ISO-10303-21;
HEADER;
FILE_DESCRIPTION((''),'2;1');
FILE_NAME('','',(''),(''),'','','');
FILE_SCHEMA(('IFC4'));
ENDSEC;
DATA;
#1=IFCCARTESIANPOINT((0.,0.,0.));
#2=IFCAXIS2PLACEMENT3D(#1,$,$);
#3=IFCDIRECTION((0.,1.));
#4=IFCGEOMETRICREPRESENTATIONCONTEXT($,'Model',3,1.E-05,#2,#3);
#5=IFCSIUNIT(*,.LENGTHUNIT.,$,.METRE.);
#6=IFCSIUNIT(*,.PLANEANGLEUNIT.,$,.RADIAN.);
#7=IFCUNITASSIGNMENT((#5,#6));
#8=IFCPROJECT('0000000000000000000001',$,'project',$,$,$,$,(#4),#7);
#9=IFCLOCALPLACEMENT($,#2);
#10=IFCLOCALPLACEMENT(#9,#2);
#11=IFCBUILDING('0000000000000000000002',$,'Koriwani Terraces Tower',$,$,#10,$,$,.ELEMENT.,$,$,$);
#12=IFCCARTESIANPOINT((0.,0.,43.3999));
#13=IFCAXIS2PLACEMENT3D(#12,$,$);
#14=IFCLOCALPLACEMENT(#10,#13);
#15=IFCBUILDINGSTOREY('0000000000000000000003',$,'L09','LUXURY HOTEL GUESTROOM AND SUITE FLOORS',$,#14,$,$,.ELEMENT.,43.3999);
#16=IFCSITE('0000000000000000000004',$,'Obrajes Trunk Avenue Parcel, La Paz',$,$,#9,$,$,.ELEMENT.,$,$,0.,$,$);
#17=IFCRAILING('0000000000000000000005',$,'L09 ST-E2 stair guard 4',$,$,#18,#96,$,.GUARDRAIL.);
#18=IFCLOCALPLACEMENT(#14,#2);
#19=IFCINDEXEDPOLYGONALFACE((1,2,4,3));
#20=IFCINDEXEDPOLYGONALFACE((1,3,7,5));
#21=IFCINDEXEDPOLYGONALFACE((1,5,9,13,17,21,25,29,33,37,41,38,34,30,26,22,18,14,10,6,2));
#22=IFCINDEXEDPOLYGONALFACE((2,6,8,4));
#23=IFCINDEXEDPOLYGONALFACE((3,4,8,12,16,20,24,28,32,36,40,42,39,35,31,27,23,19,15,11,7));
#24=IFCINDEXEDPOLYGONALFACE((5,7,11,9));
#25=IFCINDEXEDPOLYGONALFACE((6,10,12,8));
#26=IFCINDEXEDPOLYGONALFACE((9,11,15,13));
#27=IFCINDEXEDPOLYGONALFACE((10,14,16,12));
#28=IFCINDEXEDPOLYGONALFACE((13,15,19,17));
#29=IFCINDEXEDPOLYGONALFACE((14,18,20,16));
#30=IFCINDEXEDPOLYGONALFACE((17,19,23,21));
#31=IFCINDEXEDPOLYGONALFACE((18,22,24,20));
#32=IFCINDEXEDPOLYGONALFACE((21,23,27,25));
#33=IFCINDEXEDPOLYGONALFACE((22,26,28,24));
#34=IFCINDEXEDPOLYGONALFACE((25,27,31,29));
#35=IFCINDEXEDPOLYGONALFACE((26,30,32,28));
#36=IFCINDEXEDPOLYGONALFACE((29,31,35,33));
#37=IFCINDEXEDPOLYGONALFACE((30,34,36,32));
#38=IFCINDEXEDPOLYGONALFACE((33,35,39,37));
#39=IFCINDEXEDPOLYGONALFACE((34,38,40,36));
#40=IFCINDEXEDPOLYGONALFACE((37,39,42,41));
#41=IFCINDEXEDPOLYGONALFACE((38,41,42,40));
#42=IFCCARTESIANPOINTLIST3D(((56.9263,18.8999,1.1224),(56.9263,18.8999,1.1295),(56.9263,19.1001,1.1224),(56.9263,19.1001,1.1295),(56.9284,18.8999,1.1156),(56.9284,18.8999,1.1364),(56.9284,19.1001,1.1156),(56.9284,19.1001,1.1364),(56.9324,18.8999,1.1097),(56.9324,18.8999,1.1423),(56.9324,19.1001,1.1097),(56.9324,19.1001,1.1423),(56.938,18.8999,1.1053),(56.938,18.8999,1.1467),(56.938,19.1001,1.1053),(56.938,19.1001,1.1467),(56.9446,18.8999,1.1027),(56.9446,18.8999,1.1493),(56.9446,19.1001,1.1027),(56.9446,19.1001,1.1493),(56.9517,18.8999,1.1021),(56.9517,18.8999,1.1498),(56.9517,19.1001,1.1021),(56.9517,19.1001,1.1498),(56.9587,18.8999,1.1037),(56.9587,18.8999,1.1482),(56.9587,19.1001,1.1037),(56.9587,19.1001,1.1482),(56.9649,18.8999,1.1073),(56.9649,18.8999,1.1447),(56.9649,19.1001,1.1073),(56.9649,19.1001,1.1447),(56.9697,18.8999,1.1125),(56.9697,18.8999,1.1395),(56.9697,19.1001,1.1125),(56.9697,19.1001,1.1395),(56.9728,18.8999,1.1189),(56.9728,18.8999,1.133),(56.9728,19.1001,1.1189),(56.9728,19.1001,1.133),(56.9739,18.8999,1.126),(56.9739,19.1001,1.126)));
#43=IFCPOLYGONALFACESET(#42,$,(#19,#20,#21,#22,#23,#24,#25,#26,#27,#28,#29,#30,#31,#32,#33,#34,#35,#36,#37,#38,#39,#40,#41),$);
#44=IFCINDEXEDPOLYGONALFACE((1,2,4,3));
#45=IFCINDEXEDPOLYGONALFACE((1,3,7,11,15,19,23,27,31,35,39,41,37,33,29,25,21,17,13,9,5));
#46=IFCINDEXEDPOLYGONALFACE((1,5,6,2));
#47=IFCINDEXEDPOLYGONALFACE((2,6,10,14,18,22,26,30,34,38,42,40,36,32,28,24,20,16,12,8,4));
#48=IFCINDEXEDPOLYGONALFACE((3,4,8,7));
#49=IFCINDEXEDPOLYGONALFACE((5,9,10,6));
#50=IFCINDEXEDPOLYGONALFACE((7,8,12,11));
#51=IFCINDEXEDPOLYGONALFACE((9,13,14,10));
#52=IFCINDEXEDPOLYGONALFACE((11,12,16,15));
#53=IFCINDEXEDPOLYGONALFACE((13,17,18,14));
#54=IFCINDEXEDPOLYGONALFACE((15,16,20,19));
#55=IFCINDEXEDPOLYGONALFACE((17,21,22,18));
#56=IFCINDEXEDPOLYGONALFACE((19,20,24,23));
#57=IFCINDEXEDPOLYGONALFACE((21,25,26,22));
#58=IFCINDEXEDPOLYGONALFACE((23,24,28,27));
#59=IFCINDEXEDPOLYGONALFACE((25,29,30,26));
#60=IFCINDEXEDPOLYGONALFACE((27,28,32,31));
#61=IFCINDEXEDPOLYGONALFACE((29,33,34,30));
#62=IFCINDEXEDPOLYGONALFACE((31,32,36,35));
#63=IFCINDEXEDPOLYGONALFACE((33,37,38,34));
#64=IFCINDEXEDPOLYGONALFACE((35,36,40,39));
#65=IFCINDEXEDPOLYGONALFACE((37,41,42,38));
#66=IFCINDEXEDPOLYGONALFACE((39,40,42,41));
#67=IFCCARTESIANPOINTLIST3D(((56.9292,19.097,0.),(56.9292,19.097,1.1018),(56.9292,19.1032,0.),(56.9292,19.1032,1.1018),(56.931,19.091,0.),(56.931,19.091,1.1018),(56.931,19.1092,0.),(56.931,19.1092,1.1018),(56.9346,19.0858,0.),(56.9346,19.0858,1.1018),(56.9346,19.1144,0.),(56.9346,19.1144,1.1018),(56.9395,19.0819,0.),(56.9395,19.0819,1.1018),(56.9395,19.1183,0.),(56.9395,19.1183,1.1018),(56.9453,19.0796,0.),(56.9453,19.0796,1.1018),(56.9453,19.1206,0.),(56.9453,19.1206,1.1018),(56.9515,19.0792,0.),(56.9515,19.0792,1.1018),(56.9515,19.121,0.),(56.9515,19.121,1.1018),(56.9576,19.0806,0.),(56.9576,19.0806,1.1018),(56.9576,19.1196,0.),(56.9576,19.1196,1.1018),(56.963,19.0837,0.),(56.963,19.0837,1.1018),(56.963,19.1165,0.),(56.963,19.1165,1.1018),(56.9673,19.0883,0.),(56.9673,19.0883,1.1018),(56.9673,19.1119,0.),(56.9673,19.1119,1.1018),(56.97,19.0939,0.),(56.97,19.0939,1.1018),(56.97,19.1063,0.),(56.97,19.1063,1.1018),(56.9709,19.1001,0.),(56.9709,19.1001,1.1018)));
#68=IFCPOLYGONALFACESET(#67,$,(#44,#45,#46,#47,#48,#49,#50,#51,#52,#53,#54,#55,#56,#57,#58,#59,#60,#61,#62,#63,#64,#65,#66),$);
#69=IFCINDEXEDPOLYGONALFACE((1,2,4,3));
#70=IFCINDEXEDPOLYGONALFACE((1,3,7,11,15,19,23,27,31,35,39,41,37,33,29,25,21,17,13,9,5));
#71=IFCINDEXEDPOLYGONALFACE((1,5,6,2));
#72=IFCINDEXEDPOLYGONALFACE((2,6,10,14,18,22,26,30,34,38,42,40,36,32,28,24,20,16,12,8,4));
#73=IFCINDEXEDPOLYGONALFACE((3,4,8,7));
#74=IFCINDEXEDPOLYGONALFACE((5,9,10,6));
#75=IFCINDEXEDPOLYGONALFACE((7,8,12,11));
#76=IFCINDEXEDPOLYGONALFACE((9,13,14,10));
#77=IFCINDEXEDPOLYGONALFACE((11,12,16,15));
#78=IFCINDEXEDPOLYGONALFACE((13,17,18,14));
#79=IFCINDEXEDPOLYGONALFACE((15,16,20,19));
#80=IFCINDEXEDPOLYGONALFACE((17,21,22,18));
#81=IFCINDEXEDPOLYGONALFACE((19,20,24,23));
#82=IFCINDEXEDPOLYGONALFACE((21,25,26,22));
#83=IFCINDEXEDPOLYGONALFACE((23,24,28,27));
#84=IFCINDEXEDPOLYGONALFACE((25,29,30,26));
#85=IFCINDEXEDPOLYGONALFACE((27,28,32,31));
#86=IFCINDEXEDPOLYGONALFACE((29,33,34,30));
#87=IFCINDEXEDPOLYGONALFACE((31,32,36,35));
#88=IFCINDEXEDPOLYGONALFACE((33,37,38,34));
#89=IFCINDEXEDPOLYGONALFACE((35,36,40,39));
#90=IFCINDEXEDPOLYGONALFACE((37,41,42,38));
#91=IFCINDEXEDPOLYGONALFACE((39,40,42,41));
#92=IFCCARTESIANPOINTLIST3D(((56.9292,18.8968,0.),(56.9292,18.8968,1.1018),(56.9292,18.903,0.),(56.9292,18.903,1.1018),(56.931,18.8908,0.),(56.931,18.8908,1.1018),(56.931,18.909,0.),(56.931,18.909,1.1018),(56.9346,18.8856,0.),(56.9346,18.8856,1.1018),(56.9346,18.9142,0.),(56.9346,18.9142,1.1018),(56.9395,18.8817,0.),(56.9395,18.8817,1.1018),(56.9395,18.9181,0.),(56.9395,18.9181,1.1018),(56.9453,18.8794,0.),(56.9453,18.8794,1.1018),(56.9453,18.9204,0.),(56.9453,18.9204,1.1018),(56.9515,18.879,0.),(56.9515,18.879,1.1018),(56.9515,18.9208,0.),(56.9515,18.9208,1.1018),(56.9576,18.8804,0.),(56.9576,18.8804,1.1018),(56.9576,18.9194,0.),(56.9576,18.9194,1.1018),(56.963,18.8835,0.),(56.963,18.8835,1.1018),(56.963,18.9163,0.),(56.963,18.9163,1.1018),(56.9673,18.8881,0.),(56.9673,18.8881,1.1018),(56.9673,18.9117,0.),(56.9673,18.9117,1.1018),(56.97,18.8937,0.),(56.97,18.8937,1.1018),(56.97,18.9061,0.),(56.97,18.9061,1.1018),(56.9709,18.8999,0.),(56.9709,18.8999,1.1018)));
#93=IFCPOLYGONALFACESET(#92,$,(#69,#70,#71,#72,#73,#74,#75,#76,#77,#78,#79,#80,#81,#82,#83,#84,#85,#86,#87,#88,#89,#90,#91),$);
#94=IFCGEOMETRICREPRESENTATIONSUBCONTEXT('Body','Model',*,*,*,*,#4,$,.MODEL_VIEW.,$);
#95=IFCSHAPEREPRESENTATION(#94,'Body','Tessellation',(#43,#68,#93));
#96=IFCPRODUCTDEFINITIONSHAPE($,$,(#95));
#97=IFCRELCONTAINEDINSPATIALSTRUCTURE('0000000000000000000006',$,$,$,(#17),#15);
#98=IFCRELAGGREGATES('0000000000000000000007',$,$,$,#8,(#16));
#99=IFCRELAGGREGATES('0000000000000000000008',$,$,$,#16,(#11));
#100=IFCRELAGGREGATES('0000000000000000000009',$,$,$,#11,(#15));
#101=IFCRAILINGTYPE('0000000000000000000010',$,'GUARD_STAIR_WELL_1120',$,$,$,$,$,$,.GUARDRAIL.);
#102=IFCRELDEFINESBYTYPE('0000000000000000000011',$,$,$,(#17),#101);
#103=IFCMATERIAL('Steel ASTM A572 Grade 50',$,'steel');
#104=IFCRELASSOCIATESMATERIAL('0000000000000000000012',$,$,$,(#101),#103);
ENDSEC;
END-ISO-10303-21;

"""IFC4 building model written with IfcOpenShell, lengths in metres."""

from ifc_helpers import new_model, si_unit, direction, frame, origin, origin_2d, place, context, subcontext, project, spatial, circle, extrude, material, type_object, element, save


model = new_model("IFC4")

# Units and contexts
model_context = context("Model", 3, precision=1e-05, world=origin(), true_north=direction((0.0, 1.0)))
body_context = subcontext(model_context, "Body", "Model", "MODEL_VIEW")
ifc_project = project(units=[si_unit("LENGTHUNIT", "METRE"), si_unit("PLANEANGLEUNIT", "RADIAN")], contexts=[model_context])

# Site, building, storey
site_placement = place(None, origin())
site = spatial("IfcSite", under=ifc_project, at=site_placement, Name="Obrajes Trunk Avenue Parcel, La Paz", CompositionType="ELEMENT", RefElevation=0.0)
building_placement = place(site_placement, origin())
building = spatial("IfcBuilding", under=site, at=building_placement, Name="Koriwani Terraces Tower", CompositionType="ELEMENT")
storey_placement = place(building_placement, frame((0.0, 0.0, 43.3999)))
storey = spatial("IfcBuildingStorey", under=building, at=storey_placement, Name="L09", Description="LUXURY HOTEL GUESTROOM AND SUITE FLOORS", CompositionType="ELEMENT", Elevation=43.3999)

# Shared definitions
ifc_material_1 = material(Name="Steel ASTM A572 Grade 50", Category="steel")

# Railing
railing_type_1 = type_object("IfcRailingType", Name="GUARD_STAIR_WELL_1120", PredefinedType="GUARDRAIL", material=ifc_material_1)
railing_1_placement = place(storey_placement, frame((56.95, 19.1001, 0.0)))
element("IfcRailing", 1, at=railing_1_placement, inside=storey, type_object=railing_type_1, Name="L09 ST-E2 stair guard 4", PredefinedType="GUARDRAIL", context=body_context, shape_type="SweptSolid", body=[
    extrude(circle(Radius=0.0239, at=origin_2d()), frame((0.0, 0.0, 1.126), z_axis=(0.0, -1.0, 0.0), x_axis=(1.0, 0.0, 0.0)), (0.0, 0.0, 1.0), 0.2002),
    extrude(circle(Radius=0.021, at=origin_2d()), origin(), (0.0, 0.0, 1.0), 1.1018),
    extrude(circle(Radius=0.021, at=origin_2d()), frame((0.0, -0.2002, 0.0)), (0.0, 0.0, 1.0), 1.1018),
])

save(model, "model.ifc")
